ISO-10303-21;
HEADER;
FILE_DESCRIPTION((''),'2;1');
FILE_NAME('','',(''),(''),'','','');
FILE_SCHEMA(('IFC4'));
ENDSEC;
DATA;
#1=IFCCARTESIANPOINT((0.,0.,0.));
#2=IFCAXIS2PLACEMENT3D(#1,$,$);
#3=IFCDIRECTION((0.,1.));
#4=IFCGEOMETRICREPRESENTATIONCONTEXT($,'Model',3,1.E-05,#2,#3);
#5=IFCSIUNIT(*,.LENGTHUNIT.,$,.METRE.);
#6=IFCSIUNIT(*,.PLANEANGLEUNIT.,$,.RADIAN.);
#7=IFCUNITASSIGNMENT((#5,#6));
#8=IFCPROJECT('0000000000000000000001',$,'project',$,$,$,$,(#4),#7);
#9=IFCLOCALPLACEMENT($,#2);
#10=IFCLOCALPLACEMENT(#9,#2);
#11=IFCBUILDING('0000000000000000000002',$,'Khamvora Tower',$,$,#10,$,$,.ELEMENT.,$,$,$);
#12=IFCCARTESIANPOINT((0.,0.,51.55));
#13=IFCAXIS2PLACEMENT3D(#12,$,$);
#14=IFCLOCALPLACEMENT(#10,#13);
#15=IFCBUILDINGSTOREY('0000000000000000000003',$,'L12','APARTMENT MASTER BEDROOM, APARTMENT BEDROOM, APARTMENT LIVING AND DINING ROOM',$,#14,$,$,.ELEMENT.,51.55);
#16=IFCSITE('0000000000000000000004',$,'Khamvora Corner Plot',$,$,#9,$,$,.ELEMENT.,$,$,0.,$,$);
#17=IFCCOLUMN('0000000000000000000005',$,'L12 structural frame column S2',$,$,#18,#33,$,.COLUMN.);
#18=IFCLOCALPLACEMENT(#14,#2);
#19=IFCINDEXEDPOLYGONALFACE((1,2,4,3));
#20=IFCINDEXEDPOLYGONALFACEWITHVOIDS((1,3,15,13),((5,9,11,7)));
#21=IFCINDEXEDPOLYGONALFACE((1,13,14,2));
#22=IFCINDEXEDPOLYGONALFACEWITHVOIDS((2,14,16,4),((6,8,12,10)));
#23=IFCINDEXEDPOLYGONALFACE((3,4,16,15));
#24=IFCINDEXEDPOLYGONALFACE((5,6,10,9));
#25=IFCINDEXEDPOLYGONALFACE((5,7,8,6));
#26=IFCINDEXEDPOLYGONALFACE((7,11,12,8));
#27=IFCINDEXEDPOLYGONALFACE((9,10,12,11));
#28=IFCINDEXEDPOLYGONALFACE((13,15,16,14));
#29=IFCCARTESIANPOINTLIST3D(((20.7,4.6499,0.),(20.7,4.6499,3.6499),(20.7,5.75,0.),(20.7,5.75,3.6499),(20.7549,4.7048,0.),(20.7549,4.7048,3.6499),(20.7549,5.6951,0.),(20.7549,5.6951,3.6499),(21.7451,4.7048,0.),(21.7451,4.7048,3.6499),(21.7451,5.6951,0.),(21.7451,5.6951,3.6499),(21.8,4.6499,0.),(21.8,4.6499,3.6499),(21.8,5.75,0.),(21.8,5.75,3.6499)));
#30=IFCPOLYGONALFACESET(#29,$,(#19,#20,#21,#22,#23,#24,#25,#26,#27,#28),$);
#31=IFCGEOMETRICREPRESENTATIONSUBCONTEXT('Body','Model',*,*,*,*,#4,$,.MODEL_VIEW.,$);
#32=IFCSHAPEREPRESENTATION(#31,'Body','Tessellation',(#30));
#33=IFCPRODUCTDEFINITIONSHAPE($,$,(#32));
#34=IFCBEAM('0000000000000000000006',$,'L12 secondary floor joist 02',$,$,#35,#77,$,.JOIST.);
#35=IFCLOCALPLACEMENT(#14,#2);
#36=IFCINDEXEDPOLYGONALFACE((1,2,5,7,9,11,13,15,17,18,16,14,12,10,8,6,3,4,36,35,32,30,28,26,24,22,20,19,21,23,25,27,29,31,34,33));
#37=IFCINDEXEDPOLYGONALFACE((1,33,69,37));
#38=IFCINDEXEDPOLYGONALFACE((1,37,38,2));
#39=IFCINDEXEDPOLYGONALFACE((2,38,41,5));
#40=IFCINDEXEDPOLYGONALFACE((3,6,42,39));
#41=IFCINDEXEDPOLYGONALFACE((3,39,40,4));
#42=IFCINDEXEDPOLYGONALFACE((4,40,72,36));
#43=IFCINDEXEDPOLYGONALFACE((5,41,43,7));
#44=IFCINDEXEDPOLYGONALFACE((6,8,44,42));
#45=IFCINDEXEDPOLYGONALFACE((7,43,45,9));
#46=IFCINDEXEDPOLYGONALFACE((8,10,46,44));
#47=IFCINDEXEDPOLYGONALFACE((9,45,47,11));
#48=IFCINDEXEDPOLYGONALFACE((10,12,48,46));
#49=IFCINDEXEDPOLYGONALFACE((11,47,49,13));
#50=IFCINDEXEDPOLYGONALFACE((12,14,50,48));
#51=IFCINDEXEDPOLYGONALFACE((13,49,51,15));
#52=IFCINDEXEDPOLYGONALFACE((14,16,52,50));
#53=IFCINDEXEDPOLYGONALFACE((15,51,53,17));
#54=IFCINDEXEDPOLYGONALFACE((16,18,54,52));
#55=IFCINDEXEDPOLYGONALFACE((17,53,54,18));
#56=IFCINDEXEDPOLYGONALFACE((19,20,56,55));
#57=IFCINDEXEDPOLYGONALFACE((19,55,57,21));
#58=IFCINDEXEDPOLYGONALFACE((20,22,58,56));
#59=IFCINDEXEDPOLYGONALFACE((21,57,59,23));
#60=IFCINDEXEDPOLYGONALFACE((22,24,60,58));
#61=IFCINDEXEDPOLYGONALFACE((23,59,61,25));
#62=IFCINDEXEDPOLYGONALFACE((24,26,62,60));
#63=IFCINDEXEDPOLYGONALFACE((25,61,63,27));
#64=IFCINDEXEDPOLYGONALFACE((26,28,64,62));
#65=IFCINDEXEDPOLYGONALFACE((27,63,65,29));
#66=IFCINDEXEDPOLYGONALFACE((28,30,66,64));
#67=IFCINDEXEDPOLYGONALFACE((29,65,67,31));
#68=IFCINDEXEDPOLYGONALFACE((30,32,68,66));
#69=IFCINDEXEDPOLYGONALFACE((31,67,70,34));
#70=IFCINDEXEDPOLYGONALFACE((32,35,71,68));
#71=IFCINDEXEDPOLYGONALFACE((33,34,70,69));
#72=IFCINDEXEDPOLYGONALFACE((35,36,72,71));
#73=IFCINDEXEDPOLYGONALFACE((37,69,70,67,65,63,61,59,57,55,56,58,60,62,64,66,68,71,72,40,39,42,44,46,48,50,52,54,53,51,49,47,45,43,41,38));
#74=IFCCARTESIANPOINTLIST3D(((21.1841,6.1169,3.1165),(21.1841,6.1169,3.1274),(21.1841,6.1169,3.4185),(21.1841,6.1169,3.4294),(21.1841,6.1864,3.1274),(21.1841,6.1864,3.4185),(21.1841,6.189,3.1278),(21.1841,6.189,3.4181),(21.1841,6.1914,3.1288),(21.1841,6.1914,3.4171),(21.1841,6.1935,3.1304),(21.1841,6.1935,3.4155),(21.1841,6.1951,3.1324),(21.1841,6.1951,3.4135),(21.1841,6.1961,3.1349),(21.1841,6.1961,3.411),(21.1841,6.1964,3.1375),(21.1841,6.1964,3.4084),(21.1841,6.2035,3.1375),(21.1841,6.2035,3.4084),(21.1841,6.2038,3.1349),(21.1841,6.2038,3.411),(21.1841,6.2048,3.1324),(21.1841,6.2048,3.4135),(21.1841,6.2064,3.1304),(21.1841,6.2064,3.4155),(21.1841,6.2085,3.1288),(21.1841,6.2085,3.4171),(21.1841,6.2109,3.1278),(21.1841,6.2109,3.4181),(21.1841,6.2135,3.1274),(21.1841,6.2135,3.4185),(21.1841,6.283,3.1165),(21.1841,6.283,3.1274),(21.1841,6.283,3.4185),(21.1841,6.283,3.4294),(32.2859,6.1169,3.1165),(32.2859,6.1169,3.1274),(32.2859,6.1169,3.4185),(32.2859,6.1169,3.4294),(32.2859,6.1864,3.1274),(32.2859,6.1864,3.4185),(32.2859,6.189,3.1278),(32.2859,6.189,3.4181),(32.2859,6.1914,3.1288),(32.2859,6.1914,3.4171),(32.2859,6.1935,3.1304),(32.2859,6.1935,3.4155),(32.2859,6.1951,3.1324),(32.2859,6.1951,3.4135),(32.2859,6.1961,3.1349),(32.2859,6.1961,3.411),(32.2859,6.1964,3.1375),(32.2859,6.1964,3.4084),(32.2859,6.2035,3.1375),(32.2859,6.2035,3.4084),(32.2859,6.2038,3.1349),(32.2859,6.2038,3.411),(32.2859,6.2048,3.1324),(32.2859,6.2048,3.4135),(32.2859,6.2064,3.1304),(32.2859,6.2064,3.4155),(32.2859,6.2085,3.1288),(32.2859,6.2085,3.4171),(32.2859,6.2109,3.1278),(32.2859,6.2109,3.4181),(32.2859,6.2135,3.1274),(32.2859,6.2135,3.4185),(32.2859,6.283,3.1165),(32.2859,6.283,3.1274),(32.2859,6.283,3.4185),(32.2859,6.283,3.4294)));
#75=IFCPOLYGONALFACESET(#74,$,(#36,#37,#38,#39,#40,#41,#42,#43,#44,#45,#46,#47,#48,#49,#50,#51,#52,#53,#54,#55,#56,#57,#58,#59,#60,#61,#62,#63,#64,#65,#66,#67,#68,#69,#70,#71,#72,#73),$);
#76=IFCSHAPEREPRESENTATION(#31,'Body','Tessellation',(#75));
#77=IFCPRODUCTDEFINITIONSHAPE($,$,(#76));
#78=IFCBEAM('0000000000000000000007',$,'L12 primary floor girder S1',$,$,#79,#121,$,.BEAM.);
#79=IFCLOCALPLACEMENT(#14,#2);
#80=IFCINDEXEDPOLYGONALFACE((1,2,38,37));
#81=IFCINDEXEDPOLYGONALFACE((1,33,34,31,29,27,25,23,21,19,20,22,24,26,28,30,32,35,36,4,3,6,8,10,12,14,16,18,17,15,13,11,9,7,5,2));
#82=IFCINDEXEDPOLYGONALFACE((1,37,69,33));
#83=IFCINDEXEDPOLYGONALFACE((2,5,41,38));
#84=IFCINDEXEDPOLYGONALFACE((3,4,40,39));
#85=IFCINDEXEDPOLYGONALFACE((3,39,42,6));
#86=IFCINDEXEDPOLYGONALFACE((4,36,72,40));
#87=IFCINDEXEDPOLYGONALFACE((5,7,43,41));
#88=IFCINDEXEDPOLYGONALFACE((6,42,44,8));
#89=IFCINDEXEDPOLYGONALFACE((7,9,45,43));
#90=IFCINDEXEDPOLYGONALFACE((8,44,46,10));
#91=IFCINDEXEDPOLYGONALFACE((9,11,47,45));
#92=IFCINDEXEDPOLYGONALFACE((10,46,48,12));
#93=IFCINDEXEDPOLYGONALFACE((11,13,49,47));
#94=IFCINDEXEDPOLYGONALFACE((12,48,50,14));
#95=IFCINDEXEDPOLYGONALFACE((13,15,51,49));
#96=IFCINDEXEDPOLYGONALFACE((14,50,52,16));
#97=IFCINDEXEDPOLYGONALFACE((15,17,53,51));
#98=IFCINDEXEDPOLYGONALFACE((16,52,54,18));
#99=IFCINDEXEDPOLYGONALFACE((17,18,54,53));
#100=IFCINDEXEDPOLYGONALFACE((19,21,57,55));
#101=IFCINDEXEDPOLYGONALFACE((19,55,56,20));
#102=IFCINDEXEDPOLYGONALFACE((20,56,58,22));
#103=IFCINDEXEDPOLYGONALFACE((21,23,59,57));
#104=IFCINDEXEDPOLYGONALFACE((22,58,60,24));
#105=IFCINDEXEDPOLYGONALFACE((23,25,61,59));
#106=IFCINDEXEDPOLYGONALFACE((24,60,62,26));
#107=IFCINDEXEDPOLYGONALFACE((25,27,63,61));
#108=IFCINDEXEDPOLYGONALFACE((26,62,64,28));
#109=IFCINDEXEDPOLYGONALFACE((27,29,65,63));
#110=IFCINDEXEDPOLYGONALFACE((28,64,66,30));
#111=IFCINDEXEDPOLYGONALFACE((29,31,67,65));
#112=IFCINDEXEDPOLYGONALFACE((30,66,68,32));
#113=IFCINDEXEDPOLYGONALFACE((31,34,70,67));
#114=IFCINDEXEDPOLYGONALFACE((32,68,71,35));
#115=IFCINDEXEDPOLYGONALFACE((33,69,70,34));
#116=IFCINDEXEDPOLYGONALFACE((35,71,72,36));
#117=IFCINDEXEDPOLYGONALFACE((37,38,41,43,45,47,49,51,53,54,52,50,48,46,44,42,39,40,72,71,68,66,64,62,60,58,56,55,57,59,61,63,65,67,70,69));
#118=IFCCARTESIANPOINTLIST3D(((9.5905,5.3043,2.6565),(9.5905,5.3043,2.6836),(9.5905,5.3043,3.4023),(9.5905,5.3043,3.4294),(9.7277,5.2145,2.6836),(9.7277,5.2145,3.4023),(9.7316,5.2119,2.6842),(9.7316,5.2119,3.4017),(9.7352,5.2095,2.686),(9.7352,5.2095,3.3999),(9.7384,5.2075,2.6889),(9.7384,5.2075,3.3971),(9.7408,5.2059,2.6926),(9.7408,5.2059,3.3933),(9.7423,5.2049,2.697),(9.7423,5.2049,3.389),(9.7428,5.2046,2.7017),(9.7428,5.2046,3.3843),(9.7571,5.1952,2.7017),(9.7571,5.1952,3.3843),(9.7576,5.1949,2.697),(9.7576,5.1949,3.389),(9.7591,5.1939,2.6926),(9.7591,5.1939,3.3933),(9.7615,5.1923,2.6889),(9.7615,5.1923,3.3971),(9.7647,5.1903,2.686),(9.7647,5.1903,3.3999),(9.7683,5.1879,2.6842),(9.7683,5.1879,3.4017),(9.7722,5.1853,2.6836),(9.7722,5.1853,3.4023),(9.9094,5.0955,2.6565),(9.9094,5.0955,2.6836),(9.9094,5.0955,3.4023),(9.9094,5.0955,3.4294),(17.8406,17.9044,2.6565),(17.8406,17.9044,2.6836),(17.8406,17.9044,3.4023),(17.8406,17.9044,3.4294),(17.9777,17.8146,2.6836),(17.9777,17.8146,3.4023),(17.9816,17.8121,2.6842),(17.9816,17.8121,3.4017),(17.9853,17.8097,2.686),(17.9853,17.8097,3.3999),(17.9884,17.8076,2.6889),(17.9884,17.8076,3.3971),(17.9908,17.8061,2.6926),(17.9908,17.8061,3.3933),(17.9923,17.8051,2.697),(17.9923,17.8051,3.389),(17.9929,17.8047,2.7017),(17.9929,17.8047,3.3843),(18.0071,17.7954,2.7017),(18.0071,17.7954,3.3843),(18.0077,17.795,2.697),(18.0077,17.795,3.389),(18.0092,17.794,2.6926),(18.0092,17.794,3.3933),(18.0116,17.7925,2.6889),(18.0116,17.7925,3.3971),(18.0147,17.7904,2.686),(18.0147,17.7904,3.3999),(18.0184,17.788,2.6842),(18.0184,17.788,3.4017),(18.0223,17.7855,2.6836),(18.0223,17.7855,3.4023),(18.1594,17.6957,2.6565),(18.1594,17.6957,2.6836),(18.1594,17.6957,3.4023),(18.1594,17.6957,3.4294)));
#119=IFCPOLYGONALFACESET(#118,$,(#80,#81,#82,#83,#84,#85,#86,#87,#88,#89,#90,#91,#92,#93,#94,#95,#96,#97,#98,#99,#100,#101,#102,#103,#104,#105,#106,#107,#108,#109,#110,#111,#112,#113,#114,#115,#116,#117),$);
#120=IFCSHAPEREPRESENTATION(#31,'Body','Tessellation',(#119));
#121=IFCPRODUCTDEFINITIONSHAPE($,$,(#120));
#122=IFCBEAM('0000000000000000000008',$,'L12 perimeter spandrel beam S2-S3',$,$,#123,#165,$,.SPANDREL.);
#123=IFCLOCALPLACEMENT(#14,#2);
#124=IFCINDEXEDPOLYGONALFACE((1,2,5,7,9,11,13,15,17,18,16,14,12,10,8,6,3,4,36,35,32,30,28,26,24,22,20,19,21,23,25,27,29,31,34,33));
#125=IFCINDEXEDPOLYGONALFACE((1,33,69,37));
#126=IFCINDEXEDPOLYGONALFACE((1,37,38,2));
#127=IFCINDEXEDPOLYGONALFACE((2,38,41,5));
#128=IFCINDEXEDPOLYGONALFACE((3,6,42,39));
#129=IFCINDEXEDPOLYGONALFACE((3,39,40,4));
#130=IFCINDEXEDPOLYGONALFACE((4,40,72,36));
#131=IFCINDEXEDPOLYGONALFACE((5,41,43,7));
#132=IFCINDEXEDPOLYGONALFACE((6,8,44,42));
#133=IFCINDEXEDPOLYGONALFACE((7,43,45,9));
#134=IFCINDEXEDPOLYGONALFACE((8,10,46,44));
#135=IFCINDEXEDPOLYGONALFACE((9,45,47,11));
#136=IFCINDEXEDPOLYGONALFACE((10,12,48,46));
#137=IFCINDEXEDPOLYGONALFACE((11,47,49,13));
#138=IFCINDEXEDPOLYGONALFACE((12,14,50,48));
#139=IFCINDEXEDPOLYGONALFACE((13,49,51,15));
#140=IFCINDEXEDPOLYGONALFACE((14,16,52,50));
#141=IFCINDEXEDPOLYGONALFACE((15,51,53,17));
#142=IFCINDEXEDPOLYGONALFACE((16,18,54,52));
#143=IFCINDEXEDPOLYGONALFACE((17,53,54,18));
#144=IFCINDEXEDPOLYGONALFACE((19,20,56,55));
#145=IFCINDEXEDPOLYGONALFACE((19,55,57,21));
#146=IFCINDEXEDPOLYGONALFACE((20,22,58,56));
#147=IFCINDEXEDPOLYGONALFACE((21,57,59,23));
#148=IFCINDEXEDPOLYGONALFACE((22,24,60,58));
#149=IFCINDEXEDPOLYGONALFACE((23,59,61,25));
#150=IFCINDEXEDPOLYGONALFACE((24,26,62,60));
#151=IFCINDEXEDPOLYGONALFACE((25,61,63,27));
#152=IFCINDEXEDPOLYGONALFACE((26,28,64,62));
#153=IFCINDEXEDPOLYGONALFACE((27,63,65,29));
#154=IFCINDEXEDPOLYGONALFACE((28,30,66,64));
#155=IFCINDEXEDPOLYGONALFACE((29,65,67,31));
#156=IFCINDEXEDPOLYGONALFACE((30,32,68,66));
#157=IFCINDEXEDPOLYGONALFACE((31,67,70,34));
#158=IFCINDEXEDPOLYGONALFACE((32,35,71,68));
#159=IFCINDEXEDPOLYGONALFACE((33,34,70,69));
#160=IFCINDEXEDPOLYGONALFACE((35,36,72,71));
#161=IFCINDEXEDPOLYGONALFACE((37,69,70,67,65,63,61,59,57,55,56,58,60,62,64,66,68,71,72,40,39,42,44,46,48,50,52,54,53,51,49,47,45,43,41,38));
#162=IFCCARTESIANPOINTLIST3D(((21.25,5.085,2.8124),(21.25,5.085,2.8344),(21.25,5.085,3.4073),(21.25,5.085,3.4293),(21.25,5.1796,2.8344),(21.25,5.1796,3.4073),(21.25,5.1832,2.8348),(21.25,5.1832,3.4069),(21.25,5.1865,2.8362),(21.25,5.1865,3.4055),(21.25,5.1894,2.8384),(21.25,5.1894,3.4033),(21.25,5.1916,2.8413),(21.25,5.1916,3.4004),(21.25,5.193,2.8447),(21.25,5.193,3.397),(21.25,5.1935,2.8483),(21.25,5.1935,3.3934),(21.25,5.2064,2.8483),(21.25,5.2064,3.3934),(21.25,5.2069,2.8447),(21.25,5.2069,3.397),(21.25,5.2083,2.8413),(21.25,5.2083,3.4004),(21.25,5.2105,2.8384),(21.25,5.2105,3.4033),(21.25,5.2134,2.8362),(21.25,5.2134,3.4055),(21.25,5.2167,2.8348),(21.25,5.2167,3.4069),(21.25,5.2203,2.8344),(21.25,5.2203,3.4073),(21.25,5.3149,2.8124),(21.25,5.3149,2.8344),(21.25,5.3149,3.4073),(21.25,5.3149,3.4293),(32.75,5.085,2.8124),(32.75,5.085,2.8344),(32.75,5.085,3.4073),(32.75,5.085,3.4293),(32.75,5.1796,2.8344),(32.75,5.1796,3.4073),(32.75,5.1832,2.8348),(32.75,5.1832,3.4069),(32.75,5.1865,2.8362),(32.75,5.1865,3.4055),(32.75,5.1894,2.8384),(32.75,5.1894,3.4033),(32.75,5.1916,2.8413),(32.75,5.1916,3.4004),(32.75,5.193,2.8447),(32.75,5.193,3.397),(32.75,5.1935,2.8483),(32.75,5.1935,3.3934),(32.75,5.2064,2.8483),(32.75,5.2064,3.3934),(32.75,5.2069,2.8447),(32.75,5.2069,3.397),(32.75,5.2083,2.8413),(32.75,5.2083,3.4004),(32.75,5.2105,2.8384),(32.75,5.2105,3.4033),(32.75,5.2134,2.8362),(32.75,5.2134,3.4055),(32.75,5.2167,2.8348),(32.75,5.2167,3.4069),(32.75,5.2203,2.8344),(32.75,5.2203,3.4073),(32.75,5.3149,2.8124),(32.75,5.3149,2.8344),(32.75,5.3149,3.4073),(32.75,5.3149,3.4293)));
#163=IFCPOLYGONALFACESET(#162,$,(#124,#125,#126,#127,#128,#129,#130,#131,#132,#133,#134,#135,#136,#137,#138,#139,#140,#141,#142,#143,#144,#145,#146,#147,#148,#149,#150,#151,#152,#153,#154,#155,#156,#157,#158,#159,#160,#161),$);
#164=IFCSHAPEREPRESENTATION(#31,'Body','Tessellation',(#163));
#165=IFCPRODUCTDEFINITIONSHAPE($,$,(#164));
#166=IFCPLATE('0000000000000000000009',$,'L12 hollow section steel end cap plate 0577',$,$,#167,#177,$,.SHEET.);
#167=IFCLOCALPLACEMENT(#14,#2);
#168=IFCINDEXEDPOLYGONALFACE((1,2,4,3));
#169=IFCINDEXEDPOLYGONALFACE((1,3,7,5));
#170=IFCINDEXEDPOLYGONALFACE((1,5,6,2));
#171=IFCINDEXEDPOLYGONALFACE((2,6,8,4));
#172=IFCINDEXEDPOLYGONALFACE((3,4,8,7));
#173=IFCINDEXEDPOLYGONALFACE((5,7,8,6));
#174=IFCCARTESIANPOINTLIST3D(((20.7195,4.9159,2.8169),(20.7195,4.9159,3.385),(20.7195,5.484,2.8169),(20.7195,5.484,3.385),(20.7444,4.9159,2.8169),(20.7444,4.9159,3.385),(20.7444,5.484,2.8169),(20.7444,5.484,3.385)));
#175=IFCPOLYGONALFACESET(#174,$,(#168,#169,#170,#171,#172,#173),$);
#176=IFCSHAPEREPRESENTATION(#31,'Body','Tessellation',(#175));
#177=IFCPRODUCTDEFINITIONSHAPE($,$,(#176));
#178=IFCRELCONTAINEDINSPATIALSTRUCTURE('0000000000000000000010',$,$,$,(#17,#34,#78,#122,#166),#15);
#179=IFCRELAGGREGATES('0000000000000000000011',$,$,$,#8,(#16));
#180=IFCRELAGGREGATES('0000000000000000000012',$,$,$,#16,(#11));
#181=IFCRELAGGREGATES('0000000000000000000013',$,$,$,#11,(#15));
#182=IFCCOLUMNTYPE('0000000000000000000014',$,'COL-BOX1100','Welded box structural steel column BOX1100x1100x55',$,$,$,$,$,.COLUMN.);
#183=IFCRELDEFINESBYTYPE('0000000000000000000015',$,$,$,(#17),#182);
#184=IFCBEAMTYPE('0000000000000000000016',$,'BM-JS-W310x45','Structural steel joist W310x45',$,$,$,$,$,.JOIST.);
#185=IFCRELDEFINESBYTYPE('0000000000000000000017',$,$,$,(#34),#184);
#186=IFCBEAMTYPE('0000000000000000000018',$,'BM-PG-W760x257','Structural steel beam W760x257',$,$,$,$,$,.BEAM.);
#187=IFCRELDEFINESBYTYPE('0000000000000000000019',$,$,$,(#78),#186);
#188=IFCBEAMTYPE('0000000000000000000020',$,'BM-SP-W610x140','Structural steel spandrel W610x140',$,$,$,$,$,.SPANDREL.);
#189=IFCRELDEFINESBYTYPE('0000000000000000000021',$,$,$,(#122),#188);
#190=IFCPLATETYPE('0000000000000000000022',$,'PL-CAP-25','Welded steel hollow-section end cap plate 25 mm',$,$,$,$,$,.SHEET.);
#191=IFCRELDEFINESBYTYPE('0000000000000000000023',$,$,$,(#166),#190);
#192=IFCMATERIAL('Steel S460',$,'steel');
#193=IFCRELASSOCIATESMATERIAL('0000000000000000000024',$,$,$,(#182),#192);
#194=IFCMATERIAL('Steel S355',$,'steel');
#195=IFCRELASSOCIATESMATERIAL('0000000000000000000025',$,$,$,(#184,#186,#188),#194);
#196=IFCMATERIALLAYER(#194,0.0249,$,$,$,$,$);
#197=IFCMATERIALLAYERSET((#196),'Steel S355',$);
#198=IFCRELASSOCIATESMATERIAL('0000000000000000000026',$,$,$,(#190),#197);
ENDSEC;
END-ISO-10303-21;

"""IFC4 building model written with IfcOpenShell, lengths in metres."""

from ifc_helpers import new_model, si_unit, direction, frame, origin, origin_2d, place, context, subcontext, project, spatial, rectangle, hollow_rectangle, i_section, extrude, material, layer, layer_set, material_profile, profile_set, type_object, element, save


model = new_model("IFC4")

# Units and contexts
model_context = context("Model", 3, precision=1e-05, world=origin(), true_north=direction((0.0, 1.0)))
body_context = subcontext(model_context, "Body", "Model", "MODEL_VIEW")
ifc_project = project(units=[si_unit("LENGTHUNIT", "METRE"), si_unit("PLANEANGLEUNIT", "RADIAN")], contexts=[model_context])

# Site, building, storey
site_placement = place(None, origin())
site = spatial("IfcSite", under=ifc_project, at=site_placement, Name="Khamvora Corner Plot", CompositionType="ELEMENT", RefElevation=0.0)
building_placement = place(site_placement, origin())
building = spatial("IfcBuilding", under=site, at=building_placement, Name="Khamvora Tower", CompositionType="ELEMENT")
storey_placement = place(building_placement, frame((0.0, 0.0, 51.55)))
storey = spatial("IfcBuildingStorey", under=building, at=storey_placement, Name="L12", Description="APARTMENT MASTER BEDROOM, APARTMENT BEDROOM, APARTMENT LIVING AND DINING ROOM", CompositionType="ELEMENT", Elevation=51.55)

# Column
ifc_material_1 = material(Name="Steel S460", Category="steel")
ifc_material_profile_1 = material_profile(ifc_material_1, hollow_rectangle(XDim=1.1001, YDim=1.1001, WallThickness=0.0549, at=origin_2d()), Name="BOX1100x1100x55")
ifc_profile_set_1 = profile_set([ifc_material_profile_1], Name="Steel S460")
column_type = type_object("IfcColumnType", Name="COL-BOX1100", Description="Welded box structural steel column BOX1100x1100x55", PredefinedType="COLUMN", material=ifc_profile_set_1)
column_placement = place(storey_placement, frame((21.25, 5.2, 0.0), z_axis=(0.0, 0.0, 1.0), x_axis=(1.0, 0.0, 0.0)))
element("IfcColumn", 1, at=column_placement, inside=storey, type_object=column_type, Name="L12 structural frame column S2", PredefinedType="COLUMN", context=body_context, shape_type="SweptSolid", body=[
    extrude(hollow_rectangle(XDim=1.1001, YDim=1.1001, WallThickness=0.0549, at=origin_2d()), origin(), (0.0, 0.0, 1.0), 3.6499),
])

# Beams
ifc_material_2 = material(Name="Steel S355", Category="steel")
ifc_material_profile_2 = material_profile(ifc_material_2, i_section(OverallWidth=0.166, OverallDepth=0.313, WebThickness=0.0071, FlangeThickness=0.011, FilletRadius=0.01, at=origin_2d()), Name="W310x45")
ifc_profile_set_2 = profile_set([ifc_material_profile_2], Name="Steel S355")
beam_type_1 = type_object("IfcBeamType", Name="BM-JS-W310x45", Description="Structural steel joist W310x45", PredefinedType="JOIST", material=ifc_profile_set_2)
beam_1_placement = place(storey_placement, frame((21.1841, 6.2, 3.2729), z_axis=(1.0, 0.0, 0.0), x_axis=(0.0, 1.0, 0.0)))
element("IfcBeam", 2, at=beam_1_placement, inside=storey, type_object=beam_type_1, Name="L12 secondary floor joist 02", PredefinedType="JOIST", context=body_context, shape_type="SweptSolid", body=[
    extrude(i_section(OverallWidth=0.166, OverallDepth=0.313, WebThickness=0.0071, FlangeThickness=0.011, FilletRadius=0.01, at=origin_2d()), origin(), (0.0, 0.0, 1.0), 11.1018),
])
ifc_material_profile_3 = material_profile(ifc_material_2, i_section(OverallWidth=0.3811, OverallDepth=0.7729, WebThickness=0.0171, FlangeThickness=0.0271, FilletRadius=0.0181, at=origin_2d()), Name="W760x257")
ifc_profile_set_3 = profile_set([ifc_material_profile_3], Name="Steel S355")
beam_type_2 = type_object("IfcBeamType", Name="BM-PG-W760x257", Description="Structural steel beam W760x257", PredefinedType="BEAM", material=ifc_profile_set_3)
beam_2_placement = place(storey_placement, frame((18.0, 17.8, 3.043), z_axis=(-0.547783, -0.83662, 0.0), x_axis=(0.83662, -0.547783, 0.0)))
element("IfcBeam", 3, at=beam_2_placement, inside=storey, type_object=beam_type_2, Name="L12 primary floor girder S1", PredefinedType="BEAM", context=body_context, shape_type="SweptSolid", body=[
    extrude(i_section(OverallWidth=0.3811, OverallDepth=0.7729, WebThickness=0.0171, FlangeThickness=0.0271, FilletRadius=0.0181, at=origin_2d()), origin(), (0.0, 0.0, 1.0), 15.0608),
])
ifc_material_profile_4 = material_profile(ifc_material_2, i_section(OverallWidth=0.23, OverallDepth=0.6169, WebThickness=0.0129, FlangeThickness=0.022, FilletRadius=0.0139, at=origin_2d()), Name="W610x140")
ifc_profile_set_4 = profile_set([ifc_material_profile_4], Name="Steel S355")
beam_type_3 = type_object("IfcBeamType", Name="BM-SP-W610x140", Description="Structural steel spandrel W610x140", PredefinedType="SPANDREL", material=ifc_profile_set_4)
beam_3_placement = place(storey_placement, frame((21.25, 5.2, 3.1208), z_axis=(1.0, 0.0, 0.0), x_axis=(0.0, 1.0, 0.0)))
element("IfcBeam", 4, at=beam_3_placement, inside=storey, type_object=beam_type_3, Name="L12 perimeter spandrel beam S2-S3", PredefinedType="SPANDREL", context=body_context, shape_type="SweptSolid", body=[
    extrude(i_section(OverallWidth=0.23, OverallDepth=0.6169, WebThickness=0.0129, FlangeThickness=0.022, FilletRadius=0.0139, at=origin_2d()), origin(), (0.0, 0.0, 1.0), 11.5),
])

# Plate
ifc_layer_1 = layer(ifc_material_2, 0.0249)
ifc_layer_set_1 = layer_set([ifc_layer_1], Name="Steel S355")
plate_type_1 = type_object("IfcPlateType", Name="PL-CAP-25", Description="Welded steel hollow-section end cap plate 25 mm", PredefinedType="SHEET", material=ifc_layer_set_1)
plate_1_placement = place(storey_placement, frame((20.7319, 5.2, 2.8169), z_axis=(0.0, 0.0, 1.0), x_axis=(1.0, 0.0, 0.0)))
element("IfcPlate", 5, at=plate_1_placement, inside=storey, type_object=plate_type_1, Name="L12 hollow section steel end cap plate 0577", PredefinedType="SHEET", context=body_context, shape_type="SweptSolid", body=[
    extrude(rectangle(XDim=0.0249, YDim=0.5681, at=origin_2d()), origin(), (0.0, 0.0, 1.0), 0.5681),
])

save(model, "model.ifc")
